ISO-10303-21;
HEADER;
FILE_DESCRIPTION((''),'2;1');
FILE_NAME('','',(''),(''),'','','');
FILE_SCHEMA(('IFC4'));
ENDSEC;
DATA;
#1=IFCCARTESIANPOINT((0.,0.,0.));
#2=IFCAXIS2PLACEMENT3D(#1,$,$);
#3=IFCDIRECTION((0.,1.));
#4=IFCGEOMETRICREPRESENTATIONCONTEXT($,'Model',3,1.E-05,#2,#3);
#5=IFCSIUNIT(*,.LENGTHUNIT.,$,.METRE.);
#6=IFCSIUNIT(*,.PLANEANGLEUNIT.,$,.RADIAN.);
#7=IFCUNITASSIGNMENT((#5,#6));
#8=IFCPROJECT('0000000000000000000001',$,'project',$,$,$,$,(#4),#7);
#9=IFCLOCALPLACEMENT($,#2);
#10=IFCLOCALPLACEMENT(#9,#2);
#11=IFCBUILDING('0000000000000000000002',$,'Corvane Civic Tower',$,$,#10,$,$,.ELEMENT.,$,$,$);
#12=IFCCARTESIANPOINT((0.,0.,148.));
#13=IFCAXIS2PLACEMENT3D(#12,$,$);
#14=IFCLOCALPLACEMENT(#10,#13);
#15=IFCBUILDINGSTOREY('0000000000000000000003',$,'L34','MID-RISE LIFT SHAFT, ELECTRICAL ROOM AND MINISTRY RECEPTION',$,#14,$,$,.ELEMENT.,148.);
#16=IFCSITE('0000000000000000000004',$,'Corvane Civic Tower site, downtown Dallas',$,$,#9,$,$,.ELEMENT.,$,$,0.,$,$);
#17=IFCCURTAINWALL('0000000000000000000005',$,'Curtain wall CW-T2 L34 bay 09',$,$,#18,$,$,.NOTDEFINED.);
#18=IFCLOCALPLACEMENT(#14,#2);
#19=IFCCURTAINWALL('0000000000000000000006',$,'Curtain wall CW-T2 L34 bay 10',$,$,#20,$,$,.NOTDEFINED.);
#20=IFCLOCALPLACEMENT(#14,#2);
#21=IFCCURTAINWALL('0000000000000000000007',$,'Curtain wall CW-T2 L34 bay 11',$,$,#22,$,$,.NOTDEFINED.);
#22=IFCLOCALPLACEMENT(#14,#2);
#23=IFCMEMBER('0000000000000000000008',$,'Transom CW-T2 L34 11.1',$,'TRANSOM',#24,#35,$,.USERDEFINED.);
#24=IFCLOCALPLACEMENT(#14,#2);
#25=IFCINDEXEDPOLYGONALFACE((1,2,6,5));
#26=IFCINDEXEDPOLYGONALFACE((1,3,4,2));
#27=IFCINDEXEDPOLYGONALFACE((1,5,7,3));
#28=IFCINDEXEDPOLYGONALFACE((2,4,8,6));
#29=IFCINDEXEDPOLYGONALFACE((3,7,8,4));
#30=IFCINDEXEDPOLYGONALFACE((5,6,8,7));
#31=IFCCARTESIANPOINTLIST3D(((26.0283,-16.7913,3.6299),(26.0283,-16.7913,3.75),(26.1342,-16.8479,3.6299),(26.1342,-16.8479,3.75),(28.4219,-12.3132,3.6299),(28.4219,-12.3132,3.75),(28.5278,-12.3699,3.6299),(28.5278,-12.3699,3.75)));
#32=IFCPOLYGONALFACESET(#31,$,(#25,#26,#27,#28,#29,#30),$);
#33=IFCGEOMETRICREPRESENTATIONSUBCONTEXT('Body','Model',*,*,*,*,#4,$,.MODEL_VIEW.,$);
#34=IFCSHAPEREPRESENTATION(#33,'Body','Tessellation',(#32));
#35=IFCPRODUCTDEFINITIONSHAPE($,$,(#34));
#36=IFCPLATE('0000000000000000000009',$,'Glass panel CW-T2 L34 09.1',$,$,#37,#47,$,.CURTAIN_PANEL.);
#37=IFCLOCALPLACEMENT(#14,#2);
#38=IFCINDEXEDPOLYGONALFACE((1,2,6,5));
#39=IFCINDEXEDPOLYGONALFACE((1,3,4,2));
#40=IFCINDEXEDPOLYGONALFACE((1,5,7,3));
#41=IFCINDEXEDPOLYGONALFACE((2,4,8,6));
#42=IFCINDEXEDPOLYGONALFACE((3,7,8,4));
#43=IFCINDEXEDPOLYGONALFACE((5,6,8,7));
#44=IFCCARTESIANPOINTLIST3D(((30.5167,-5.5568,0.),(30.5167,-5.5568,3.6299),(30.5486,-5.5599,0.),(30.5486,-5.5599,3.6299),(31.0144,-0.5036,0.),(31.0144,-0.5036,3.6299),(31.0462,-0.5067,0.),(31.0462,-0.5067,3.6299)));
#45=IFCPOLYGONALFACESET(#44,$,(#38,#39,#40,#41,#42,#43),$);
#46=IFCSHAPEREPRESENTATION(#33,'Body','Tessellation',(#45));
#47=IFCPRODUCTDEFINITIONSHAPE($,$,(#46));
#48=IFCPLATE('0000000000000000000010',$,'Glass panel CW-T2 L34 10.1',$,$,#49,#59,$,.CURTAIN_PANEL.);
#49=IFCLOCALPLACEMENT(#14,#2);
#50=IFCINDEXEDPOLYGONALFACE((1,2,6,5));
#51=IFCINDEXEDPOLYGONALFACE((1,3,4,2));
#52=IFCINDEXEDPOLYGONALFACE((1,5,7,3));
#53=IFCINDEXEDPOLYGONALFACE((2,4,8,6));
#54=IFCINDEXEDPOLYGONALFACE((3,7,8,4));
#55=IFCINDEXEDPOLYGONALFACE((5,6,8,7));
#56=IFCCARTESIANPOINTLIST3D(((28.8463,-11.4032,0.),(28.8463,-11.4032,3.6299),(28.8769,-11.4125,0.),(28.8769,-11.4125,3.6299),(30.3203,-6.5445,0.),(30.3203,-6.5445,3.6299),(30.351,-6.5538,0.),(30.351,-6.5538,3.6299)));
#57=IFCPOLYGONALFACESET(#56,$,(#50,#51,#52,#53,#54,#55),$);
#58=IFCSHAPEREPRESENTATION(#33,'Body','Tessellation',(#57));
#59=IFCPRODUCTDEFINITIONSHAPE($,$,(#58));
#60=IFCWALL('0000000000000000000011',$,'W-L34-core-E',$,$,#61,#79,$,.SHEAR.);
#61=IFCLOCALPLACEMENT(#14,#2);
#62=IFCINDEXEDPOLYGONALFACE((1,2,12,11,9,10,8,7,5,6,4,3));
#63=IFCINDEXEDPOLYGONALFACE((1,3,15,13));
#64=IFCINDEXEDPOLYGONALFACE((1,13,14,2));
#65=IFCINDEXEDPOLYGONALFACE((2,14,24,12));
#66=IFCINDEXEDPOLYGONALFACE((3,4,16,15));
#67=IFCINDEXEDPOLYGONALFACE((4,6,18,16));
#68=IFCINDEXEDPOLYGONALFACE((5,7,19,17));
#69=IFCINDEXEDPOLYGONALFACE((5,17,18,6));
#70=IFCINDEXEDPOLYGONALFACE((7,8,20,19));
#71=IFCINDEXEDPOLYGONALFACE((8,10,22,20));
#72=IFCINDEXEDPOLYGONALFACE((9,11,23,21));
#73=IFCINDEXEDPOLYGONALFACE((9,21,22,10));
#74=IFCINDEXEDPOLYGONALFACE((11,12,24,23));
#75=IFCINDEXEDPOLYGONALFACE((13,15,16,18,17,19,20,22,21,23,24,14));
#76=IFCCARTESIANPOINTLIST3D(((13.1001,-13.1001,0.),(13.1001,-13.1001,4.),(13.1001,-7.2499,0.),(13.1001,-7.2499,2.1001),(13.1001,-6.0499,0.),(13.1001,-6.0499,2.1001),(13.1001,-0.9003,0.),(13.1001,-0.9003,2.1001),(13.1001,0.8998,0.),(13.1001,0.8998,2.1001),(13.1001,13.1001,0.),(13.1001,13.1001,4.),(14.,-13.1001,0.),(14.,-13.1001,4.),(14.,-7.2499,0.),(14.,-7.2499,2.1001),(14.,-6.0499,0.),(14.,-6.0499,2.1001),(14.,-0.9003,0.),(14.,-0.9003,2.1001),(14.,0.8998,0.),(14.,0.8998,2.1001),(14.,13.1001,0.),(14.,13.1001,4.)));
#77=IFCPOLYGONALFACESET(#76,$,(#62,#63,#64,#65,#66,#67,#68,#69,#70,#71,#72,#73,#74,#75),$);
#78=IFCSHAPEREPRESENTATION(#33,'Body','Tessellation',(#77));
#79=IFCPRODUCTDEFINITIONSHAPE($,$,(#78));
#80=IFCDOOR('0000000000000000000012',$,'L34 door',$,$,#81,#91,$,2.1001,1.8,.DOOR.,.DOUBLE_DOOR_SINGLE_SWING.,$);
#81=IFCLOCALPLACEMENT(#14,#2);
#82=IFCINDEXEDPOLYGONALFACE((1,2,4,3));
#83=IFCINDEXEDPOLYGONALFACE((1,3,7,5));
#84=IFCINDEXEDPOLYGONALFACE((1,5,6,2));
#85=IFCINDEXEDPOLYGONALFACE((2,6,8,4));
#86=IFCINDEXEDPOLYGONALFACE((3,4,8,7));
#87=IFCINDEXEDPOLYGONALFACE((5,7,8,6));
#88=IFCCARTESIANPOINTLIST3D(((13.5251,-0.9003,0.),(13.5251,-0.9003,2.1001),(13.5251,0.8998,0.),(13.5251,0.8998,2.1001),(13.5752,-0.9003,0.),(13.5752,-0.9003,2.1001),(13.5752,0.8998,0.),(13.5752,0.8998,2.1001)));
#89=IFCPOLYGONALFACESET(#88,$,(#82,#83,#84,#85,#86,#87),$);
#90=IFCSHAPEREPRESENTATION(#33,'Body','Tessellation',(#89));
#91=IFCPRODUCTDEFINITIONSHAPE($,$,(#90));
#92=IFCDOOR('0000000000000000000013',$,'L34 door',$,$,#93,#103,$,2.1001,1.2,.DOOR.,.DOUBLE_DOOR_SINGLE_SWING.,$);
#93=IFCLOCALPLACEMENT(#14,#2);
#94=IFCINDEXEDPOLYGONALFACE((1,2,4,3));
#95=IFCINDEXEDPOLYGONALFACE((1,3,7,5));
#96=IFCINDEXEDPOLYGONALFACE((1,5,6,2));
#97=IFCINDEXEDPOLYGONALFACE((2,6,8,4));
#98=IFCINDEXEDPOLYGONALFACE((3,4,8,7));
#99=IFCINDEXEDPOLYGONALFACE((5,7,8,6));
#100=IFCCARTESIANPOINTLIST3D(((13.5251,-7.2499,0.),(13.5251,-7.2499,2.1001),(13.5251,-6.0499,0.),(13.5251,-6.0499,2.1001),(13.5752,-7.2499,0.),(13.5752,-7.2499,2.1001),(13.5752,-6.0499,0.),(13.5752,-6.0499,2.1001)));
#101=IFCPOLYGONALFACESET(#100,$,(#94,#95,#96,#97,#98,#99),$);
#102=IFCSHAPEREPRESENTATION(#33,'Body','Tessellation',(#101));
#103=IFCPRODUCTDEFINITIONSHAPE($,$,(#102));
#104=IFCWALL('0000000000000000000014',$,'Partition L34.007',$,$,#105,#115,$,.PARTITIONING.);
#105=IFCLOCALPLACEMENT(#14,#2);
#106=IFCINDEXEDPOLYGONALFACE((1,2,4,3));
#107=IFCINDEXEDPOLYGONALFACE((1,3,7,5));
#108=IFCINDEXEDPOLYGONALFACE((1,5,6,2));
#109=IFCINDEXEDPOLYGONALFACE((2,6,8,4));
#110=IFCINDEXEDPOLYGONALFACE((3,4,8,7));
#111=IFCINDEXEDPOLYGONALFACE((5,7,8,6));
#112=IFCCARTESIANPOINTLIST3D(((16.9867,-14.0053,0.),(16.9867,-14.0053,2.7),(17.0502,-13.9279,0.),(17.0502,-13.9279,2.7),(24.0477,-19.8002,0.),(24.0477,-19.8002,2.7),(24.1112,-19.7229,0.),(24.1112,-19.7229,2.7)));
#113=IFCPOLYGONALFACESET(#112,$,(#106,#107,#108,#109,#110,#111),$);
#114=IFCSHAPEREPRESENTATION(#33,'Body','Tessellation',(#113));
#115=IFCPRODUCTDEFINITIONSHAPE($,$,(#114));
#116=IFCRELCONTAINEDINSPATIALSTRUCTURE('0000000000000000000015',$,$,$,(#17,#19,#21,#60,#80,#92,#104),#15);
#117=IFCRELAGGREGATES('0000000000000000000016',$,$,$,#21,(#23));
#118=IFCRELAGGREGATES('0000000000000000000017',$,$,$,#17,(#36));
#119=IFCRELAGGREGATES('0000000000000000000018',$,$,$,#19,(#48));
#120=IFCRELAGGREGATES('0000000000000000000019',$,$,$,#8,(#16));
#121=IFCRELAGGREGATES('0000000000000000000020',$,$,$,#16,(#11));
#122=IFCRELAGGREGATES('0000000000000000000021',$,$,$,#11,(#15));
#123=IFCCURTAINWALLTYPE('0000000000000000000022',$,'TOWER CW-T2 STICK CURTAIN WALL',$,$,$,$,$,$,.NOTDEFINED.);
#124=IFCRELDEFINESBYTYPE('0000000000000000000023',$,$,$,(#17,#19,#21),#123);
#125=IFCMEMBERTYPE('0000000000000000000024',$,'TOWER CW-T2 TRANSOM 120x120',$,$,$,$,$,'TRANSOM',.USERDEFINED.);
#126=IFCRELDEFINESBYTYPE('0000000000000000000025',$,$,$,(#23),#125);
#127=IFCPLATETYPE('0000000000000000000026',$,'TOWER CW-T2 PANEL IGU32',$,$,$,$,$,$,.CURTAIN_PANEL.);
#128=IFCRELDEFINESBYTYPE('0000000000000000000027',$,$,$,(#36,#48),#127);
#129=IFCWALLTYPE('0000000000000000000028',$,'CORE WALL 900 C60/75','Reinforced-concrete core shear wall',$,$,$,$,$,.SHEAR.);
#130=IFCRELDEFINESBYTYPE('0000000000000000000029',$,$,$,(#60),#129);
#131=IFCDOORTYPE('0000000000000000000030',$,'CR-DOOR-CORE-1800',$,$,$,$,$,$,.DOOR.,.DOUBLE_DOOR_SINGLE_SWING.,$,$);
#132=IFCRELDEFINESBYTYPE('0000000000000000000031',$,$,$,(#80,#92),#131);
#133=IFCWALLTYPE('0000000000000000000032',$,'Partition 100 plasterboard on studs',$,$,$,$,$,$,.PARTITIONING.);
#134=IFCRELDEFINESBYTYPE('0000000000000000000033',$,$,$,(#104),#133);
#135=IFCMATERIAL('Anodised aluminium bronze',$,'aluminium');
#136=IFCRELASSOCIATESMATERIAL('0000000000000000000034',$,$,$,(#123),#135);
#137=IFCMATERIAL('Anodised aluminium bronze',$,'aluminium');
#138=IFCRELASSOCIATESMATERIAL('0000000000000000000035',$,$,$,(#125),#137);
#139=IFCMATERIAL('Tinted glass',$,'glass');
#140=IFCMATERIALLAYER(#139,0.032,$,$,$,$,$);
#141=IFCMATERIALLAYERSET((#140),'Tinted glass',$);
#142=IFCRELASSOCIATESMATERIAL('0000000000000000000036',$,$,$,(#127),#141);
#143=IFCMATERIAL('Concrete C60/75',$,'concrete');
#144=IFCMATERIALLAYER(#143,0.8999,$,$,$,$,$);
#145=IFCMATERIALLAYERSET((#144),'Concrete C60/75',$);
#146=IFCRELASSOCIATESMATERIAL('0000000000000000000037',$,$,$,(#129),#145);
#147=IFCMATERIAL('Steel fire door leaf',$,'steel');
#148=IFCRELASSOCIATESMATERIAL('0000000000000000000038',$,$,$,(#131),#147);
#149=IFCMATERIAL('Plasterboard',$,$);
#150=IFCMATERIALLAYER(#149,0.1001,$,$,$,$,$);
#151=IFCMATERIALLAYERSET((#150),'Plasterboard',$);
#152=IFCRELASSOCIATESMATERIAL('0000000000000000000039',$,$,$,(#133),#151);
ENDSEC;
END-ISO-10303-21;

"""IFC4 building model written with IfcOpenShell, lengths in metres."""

from ifc_helpers import new_model, si_unit, direction, frame, frame_2d, origin, origin_2d, place, context, subcontext, project, spatial, rectangle, extrude, material, layer, layer_set, material_profile, profile_set, type_object, element, fill, aggregate, save


model = new_model("IFC4")

# Units and contexts
model_context = context("Model", 3, precision=1e-05, world=origin(), true_north=direction((0.0, 1.0)))
body_context = subcontext(model_context, "Body", "Model", "MODEL_VIEW")
ifc_project = project(units=[si_unit("LENGTHUNIT", "METRE"), si_unit("PLANEANGLEUNIT", "RADIAN")], contexts=[model_context])

# Site, building, storey
site_placement = place(None, origin())
site = spatial("IfcSite", under=ifc_project, at=site_placement, Name="Corvane Civic Tower site, downtown Dallas", CompositionType="ELEMENT", RefElevation=0.0)
building_placement = place(site_placement, origin())
building = spatial("IfcBuilding", under=site, at=building_placement, Name="Corvane Civic Tower", CompositionType="ELEMENT")
storey_placement = place(building_placement, frame((0.0, 0.0, 148.0)))
storey = spatial("IfcBuildingStorey", under=building, at=storey_placement, Name="L34", Description="MID-RISE LIFT SHAFT, ELECTRICAL ROOM AND MINISTRY RECEPTION", CompositionType="ELEMENT", Elevation=148.0)

# Curtain walls, member
ifc_material_1 = material(Name="Anodised aluminium bronze", Category="aluminium")
curtain_wall_type = type_object("IfcCurtainWallType", Name="TOWER CW-T2 STICK CURTAIN WALL", PredefinedType="NOTDEFINED", material=ifc_material_1)
curtain_wall_1_placement = place(storey_placement, origin())
curtain_wall_1 = element("IfcCurtainWall", 1, at=curtain_wall_1_placement, inside=storey, type_object=curtain_wall_type, Name="Curtain wall CW-T2 L34 bay 09", PredefinedType="NOTDEFINED")
ifc_material_2 = material(Name="Anodised aluminium bronze", Category="aluminium")
ifc_material_profile_1 = material_profile(ifc_material_2, rectangle(XDim=0.1201, YDim=0.1201, at=origin_2d()), Name="TOWER CW-T2 TRANSOM 120x120")
ifc_profile_set_1 = profile_set([ifc_material_profile_1], Name="Anodised aluminium bronze")
member_type = type_object("IfcMemberType", Name="TOWER CW-T2 TRANSOM 120x120", ElementType="TRANSOM", PredefinedType="USERDEFINED", material=ifc_profile_set_1)
curtain_wall_2_placement = place(storey_placement, origin())
curtain_wall_2 = element("IfcCurtainWall", 2, at=curtain_wall_2_placement, inside=storey, type_object=curtain_wall_type, Name="Curtain wall CW-T2 L34 bay 10", PredefinedType="NOTDEFINED")
curtain_wall_3_placement = place(storey_placement, origin())
curtain_wall_3 = element("IfcCurtainWall", 3, at=curtain_wall_3_placement, inside=storey, type_object=curtain_wall_type, Name="Curtain wall CW-T2 L34 bay 11", PredefinedType="NOTDEFINED")
member_1_placement = place(storey_placement, frame((28.4749, -12.3416, 3.6899), z_axis=(-0.471397, -0.881921, 0.0), x_axis=(0.881921, -0.471397, 0.0)))
member_1 = element("IfcMember", 4, at=member_1_placement, type_object=member_type, Name="Transom CW-T2 L34 11.1", ObjectType="TRANSOM", PredefinedType="USERDEFINED", context=body_context, shape_type="SweptSolid", body=[
    extrude(rectangle(XDim=0.1201, YDim=0.1201, at=origin_2d()), origin(), (0.0, 0.0, 1.0), 5.0776),
])
aggregate(curtain_wall_3, [member_1])

# Plates
ifc_material_3 = material(Name="Tinted glass", Category="glass")
ifc_layer_1 = layer(ifc_material_3, 0.032)
ifc_layer_set_1 = layer_set([ifc_layer_1], Name="Tinted glass")
plate_type = type_object("IfcPlateType", Name="TOWER CW-T2 PANEL IGU32", PredefinedType="CURTAIN_PANEL", material=ifc_layer_set_1)
plate_1_placement = place(storey_placement, frame((30.7815, -3.0317, 0.0), z_axis=(0.0, 0.0, 1.0), x_axis=(-0.098012, -0.995185, 0.0)))
plate_1 = element("IfcPlate", 5, at=plate_1_placement, type_object=plate_type, Name="Glass panel CW-T2 L34 09.1", PredefinedType="CURTAIN_PANEL", context=body_context, shape_type="SweptSolid", body=[
    extrude(rectangle(XDim=5.0776, YDim=0.032, at=origin_2d()), origin(), (0.0, 0.0, 1.0), 3.6299),
])
aggregate(curtain_wall_1, [plate_1])
plate_2_placement = place(storey_placement, frame((29.5986, -8.9785, 0.0), z_axis=(0.0, 0.0, 1.0), x_axis=(-0.290313, -0.956932, 0.0)))
plate_2 = element("IfcPlate", 6, at=plate_2_placement, type_object=plate_type, Name="Glass panel CW-T2 L34 10.1", PredefinedType="CURTAIN_PANEL", context=body_context, shape_type="SweptSolid", body=[
    extrude(rectangle(XDim=5.0774, YDim=0.032, at=origin_2d()), origin(), (0.0, 0.0, 1.0), 3.6299),
])
aggregate(curtain_wall_2, [plate_2])

# Wall, openings, doors
ifc_material_4 = material(Name="Concrete C60/75", Category="concrete")
ifc_layer_2 = layer(ifc_material_4, 0.8999)
ifc_layer_set_2 = layer_set([ifc_layer_2], Name="Concrete C60/75")
wall_type_1 = type_object("IfcWallType", Name="CORE WALL 900 C60/75", Description="Reinforced-concrete core shear wall", PredefinedType="SHEAR", material=ifc_layer_set_2)
wall_1_placement = place(storey_placement, frame((13.55, -13.1001, 0.0), z_axis=(0.0, 0.0, 1.0), x_axis=(0.0, 1.0, 0.0)))
wall_1 = element("IfcWall", 7, at=wall_1_placement, inside=storey, type_object=wall_type_1, Name="W-L34-core-E", PredefinedType="SHEAR", context=body_context, shape_type="SweptSolid", body=[
    extrude(rectangle(XDim=26.2002, YDim=0.8999, at=frame_2d((13.1001, 0.0))), origin(), (0.0, 0.0, 1.0), 4.0),
])
opening_1_placement = place(wall_1_placement, frame((12.2, 0.0, 0.0)))
opening_1 = element("IfcOpeningElement", 8, at=opening_1_placement, cuts=wall_1, PredefinedType="OPENING", context=body_context, shape_type="SweptSolid", body=[
    extrude(rectangle(XDim=1.8, YDim=2.1001, at=frame_2d((0.8999, 1.05))), frame((0.0, 0.46, 0.0), z_axis=(0.0, -1.0, 0.0), x_axis=(1.0, 0.0, 0.0)), (0.0, 0.0, 1.0), 0.9199),
])
opening_2_placement = place(wall_1_placement, frame((5.8501, 0.0, 0.0)))
opening_2 = element("IfcOpeningElement", 9, at=opening_2_placement, cuts=wall_1, PredefinedType="OPENING", context=body_context, shape_type="SweptSolid", body=[
    extrude(rectangle(XDim=1.2, YDim=2.1001, at=frame_2d((0.6001, 1.05))), frame((0.0, 0.46, 0.0), z_axis=(0.0, -1.0, 0.0), x_axis=(1.0, 0.0, 0.0)), (0.0, 0.0, 1.0), 0.9199),
])
ifc_material_5 = material(Name="Steel fire door leaf", Category="steel")
door_type_1 = type_object("IfcDoorType", Name="CR-DOOR-CORE-1800", OperationType="DOUBLE_DOOR_SINGLE_SWING", PredefinedType="DOOR", material=ifc_material_5)
door_1_placement = place(opening_1_placement, origin())
door_1 = element("IfcDoor", 10, at=door_1_placement, inside=storey, type_object=door_type_1, Name="L34 door", OperationType="DOUBLE_DOOR_SINGLE_SWING", OverallHeight=2.1001, OverallWidth=1.8, PredefinedType="DOOR", context=body_context, shape_type="SweptSolid", body=[
    extrude(rectangle(XDim=1.8, YDim=2.1001, at=frame_2d((0.8999, 1.05))), frame((0.0, 0.0249, 0.0), z_axis=(0.0, -1.0, 0.0), x_axis=(1.0, 0.0, 0.0)), (0.0, 0.0, 1.0), 0.05),
])
fill(opening_1, door_1)
door_2_placement = place(opening_2_placement, origin())
door_2 = element("IfcDoor", 11, at=door_2_placement, inside=storey, type_object=door_type_1, Name="L34 door", OperationType="DOUBLE_DOOR_SINGLE_SWING", OverallHeight=2.1001, OverallWidth=1.2, PredefinedType="DOOR", context=body_context, shape_type="SweptSolid", body=[
    extrude(rectangle(XDim=1.2, YDim=2.1001, at=frame_2d((0.6001, 1.05))), frame((0.0, 0.0249, 0.0), z_axis=(0.0, -1.0, 0.0), x_axis=(1.0, 0.0, 0.0)), (0.0, 0.0, 1.0), 0.05),
])
fill(opening_2, door_2)

# Wall
ifc_material_6 = material(Name="Plasterboard")
ifc_layer_3 = layer(ifc_material_6, 0.1001)
ifc_layer_set_3 = layer_set([ifc_layer_3], Name="Plasterboard")
wall_type_2 = type_object("IfcWallType", Name="Partition 100 plasterboard on studs", PredefinedType="PARTITIONING", material=ifc_layer_set_3)
wall_2_placement = place(storey_placement, frame((17.0183, -13.9666, 0.0), z_axis=(0.0, 0.0, 1.0), x_axis=(0.773006, -0.634399, 0.0)))
element("IfcWall", 12, at=wall_2_placement, inside=storey, type_object=wall_type_2, Name="Partition L34.007", PredefinedType="PARTITIONING", context=body_context, shape_type="SweptSolid", body=[
    extrude(rectangle(XDim=9.1345, YDim=0.1001, at=frame_2d((4.5674, 0.0))), origin(), (0.0, 0.0, 1.0), 2.7),
])

save(model, "model.ifc")
